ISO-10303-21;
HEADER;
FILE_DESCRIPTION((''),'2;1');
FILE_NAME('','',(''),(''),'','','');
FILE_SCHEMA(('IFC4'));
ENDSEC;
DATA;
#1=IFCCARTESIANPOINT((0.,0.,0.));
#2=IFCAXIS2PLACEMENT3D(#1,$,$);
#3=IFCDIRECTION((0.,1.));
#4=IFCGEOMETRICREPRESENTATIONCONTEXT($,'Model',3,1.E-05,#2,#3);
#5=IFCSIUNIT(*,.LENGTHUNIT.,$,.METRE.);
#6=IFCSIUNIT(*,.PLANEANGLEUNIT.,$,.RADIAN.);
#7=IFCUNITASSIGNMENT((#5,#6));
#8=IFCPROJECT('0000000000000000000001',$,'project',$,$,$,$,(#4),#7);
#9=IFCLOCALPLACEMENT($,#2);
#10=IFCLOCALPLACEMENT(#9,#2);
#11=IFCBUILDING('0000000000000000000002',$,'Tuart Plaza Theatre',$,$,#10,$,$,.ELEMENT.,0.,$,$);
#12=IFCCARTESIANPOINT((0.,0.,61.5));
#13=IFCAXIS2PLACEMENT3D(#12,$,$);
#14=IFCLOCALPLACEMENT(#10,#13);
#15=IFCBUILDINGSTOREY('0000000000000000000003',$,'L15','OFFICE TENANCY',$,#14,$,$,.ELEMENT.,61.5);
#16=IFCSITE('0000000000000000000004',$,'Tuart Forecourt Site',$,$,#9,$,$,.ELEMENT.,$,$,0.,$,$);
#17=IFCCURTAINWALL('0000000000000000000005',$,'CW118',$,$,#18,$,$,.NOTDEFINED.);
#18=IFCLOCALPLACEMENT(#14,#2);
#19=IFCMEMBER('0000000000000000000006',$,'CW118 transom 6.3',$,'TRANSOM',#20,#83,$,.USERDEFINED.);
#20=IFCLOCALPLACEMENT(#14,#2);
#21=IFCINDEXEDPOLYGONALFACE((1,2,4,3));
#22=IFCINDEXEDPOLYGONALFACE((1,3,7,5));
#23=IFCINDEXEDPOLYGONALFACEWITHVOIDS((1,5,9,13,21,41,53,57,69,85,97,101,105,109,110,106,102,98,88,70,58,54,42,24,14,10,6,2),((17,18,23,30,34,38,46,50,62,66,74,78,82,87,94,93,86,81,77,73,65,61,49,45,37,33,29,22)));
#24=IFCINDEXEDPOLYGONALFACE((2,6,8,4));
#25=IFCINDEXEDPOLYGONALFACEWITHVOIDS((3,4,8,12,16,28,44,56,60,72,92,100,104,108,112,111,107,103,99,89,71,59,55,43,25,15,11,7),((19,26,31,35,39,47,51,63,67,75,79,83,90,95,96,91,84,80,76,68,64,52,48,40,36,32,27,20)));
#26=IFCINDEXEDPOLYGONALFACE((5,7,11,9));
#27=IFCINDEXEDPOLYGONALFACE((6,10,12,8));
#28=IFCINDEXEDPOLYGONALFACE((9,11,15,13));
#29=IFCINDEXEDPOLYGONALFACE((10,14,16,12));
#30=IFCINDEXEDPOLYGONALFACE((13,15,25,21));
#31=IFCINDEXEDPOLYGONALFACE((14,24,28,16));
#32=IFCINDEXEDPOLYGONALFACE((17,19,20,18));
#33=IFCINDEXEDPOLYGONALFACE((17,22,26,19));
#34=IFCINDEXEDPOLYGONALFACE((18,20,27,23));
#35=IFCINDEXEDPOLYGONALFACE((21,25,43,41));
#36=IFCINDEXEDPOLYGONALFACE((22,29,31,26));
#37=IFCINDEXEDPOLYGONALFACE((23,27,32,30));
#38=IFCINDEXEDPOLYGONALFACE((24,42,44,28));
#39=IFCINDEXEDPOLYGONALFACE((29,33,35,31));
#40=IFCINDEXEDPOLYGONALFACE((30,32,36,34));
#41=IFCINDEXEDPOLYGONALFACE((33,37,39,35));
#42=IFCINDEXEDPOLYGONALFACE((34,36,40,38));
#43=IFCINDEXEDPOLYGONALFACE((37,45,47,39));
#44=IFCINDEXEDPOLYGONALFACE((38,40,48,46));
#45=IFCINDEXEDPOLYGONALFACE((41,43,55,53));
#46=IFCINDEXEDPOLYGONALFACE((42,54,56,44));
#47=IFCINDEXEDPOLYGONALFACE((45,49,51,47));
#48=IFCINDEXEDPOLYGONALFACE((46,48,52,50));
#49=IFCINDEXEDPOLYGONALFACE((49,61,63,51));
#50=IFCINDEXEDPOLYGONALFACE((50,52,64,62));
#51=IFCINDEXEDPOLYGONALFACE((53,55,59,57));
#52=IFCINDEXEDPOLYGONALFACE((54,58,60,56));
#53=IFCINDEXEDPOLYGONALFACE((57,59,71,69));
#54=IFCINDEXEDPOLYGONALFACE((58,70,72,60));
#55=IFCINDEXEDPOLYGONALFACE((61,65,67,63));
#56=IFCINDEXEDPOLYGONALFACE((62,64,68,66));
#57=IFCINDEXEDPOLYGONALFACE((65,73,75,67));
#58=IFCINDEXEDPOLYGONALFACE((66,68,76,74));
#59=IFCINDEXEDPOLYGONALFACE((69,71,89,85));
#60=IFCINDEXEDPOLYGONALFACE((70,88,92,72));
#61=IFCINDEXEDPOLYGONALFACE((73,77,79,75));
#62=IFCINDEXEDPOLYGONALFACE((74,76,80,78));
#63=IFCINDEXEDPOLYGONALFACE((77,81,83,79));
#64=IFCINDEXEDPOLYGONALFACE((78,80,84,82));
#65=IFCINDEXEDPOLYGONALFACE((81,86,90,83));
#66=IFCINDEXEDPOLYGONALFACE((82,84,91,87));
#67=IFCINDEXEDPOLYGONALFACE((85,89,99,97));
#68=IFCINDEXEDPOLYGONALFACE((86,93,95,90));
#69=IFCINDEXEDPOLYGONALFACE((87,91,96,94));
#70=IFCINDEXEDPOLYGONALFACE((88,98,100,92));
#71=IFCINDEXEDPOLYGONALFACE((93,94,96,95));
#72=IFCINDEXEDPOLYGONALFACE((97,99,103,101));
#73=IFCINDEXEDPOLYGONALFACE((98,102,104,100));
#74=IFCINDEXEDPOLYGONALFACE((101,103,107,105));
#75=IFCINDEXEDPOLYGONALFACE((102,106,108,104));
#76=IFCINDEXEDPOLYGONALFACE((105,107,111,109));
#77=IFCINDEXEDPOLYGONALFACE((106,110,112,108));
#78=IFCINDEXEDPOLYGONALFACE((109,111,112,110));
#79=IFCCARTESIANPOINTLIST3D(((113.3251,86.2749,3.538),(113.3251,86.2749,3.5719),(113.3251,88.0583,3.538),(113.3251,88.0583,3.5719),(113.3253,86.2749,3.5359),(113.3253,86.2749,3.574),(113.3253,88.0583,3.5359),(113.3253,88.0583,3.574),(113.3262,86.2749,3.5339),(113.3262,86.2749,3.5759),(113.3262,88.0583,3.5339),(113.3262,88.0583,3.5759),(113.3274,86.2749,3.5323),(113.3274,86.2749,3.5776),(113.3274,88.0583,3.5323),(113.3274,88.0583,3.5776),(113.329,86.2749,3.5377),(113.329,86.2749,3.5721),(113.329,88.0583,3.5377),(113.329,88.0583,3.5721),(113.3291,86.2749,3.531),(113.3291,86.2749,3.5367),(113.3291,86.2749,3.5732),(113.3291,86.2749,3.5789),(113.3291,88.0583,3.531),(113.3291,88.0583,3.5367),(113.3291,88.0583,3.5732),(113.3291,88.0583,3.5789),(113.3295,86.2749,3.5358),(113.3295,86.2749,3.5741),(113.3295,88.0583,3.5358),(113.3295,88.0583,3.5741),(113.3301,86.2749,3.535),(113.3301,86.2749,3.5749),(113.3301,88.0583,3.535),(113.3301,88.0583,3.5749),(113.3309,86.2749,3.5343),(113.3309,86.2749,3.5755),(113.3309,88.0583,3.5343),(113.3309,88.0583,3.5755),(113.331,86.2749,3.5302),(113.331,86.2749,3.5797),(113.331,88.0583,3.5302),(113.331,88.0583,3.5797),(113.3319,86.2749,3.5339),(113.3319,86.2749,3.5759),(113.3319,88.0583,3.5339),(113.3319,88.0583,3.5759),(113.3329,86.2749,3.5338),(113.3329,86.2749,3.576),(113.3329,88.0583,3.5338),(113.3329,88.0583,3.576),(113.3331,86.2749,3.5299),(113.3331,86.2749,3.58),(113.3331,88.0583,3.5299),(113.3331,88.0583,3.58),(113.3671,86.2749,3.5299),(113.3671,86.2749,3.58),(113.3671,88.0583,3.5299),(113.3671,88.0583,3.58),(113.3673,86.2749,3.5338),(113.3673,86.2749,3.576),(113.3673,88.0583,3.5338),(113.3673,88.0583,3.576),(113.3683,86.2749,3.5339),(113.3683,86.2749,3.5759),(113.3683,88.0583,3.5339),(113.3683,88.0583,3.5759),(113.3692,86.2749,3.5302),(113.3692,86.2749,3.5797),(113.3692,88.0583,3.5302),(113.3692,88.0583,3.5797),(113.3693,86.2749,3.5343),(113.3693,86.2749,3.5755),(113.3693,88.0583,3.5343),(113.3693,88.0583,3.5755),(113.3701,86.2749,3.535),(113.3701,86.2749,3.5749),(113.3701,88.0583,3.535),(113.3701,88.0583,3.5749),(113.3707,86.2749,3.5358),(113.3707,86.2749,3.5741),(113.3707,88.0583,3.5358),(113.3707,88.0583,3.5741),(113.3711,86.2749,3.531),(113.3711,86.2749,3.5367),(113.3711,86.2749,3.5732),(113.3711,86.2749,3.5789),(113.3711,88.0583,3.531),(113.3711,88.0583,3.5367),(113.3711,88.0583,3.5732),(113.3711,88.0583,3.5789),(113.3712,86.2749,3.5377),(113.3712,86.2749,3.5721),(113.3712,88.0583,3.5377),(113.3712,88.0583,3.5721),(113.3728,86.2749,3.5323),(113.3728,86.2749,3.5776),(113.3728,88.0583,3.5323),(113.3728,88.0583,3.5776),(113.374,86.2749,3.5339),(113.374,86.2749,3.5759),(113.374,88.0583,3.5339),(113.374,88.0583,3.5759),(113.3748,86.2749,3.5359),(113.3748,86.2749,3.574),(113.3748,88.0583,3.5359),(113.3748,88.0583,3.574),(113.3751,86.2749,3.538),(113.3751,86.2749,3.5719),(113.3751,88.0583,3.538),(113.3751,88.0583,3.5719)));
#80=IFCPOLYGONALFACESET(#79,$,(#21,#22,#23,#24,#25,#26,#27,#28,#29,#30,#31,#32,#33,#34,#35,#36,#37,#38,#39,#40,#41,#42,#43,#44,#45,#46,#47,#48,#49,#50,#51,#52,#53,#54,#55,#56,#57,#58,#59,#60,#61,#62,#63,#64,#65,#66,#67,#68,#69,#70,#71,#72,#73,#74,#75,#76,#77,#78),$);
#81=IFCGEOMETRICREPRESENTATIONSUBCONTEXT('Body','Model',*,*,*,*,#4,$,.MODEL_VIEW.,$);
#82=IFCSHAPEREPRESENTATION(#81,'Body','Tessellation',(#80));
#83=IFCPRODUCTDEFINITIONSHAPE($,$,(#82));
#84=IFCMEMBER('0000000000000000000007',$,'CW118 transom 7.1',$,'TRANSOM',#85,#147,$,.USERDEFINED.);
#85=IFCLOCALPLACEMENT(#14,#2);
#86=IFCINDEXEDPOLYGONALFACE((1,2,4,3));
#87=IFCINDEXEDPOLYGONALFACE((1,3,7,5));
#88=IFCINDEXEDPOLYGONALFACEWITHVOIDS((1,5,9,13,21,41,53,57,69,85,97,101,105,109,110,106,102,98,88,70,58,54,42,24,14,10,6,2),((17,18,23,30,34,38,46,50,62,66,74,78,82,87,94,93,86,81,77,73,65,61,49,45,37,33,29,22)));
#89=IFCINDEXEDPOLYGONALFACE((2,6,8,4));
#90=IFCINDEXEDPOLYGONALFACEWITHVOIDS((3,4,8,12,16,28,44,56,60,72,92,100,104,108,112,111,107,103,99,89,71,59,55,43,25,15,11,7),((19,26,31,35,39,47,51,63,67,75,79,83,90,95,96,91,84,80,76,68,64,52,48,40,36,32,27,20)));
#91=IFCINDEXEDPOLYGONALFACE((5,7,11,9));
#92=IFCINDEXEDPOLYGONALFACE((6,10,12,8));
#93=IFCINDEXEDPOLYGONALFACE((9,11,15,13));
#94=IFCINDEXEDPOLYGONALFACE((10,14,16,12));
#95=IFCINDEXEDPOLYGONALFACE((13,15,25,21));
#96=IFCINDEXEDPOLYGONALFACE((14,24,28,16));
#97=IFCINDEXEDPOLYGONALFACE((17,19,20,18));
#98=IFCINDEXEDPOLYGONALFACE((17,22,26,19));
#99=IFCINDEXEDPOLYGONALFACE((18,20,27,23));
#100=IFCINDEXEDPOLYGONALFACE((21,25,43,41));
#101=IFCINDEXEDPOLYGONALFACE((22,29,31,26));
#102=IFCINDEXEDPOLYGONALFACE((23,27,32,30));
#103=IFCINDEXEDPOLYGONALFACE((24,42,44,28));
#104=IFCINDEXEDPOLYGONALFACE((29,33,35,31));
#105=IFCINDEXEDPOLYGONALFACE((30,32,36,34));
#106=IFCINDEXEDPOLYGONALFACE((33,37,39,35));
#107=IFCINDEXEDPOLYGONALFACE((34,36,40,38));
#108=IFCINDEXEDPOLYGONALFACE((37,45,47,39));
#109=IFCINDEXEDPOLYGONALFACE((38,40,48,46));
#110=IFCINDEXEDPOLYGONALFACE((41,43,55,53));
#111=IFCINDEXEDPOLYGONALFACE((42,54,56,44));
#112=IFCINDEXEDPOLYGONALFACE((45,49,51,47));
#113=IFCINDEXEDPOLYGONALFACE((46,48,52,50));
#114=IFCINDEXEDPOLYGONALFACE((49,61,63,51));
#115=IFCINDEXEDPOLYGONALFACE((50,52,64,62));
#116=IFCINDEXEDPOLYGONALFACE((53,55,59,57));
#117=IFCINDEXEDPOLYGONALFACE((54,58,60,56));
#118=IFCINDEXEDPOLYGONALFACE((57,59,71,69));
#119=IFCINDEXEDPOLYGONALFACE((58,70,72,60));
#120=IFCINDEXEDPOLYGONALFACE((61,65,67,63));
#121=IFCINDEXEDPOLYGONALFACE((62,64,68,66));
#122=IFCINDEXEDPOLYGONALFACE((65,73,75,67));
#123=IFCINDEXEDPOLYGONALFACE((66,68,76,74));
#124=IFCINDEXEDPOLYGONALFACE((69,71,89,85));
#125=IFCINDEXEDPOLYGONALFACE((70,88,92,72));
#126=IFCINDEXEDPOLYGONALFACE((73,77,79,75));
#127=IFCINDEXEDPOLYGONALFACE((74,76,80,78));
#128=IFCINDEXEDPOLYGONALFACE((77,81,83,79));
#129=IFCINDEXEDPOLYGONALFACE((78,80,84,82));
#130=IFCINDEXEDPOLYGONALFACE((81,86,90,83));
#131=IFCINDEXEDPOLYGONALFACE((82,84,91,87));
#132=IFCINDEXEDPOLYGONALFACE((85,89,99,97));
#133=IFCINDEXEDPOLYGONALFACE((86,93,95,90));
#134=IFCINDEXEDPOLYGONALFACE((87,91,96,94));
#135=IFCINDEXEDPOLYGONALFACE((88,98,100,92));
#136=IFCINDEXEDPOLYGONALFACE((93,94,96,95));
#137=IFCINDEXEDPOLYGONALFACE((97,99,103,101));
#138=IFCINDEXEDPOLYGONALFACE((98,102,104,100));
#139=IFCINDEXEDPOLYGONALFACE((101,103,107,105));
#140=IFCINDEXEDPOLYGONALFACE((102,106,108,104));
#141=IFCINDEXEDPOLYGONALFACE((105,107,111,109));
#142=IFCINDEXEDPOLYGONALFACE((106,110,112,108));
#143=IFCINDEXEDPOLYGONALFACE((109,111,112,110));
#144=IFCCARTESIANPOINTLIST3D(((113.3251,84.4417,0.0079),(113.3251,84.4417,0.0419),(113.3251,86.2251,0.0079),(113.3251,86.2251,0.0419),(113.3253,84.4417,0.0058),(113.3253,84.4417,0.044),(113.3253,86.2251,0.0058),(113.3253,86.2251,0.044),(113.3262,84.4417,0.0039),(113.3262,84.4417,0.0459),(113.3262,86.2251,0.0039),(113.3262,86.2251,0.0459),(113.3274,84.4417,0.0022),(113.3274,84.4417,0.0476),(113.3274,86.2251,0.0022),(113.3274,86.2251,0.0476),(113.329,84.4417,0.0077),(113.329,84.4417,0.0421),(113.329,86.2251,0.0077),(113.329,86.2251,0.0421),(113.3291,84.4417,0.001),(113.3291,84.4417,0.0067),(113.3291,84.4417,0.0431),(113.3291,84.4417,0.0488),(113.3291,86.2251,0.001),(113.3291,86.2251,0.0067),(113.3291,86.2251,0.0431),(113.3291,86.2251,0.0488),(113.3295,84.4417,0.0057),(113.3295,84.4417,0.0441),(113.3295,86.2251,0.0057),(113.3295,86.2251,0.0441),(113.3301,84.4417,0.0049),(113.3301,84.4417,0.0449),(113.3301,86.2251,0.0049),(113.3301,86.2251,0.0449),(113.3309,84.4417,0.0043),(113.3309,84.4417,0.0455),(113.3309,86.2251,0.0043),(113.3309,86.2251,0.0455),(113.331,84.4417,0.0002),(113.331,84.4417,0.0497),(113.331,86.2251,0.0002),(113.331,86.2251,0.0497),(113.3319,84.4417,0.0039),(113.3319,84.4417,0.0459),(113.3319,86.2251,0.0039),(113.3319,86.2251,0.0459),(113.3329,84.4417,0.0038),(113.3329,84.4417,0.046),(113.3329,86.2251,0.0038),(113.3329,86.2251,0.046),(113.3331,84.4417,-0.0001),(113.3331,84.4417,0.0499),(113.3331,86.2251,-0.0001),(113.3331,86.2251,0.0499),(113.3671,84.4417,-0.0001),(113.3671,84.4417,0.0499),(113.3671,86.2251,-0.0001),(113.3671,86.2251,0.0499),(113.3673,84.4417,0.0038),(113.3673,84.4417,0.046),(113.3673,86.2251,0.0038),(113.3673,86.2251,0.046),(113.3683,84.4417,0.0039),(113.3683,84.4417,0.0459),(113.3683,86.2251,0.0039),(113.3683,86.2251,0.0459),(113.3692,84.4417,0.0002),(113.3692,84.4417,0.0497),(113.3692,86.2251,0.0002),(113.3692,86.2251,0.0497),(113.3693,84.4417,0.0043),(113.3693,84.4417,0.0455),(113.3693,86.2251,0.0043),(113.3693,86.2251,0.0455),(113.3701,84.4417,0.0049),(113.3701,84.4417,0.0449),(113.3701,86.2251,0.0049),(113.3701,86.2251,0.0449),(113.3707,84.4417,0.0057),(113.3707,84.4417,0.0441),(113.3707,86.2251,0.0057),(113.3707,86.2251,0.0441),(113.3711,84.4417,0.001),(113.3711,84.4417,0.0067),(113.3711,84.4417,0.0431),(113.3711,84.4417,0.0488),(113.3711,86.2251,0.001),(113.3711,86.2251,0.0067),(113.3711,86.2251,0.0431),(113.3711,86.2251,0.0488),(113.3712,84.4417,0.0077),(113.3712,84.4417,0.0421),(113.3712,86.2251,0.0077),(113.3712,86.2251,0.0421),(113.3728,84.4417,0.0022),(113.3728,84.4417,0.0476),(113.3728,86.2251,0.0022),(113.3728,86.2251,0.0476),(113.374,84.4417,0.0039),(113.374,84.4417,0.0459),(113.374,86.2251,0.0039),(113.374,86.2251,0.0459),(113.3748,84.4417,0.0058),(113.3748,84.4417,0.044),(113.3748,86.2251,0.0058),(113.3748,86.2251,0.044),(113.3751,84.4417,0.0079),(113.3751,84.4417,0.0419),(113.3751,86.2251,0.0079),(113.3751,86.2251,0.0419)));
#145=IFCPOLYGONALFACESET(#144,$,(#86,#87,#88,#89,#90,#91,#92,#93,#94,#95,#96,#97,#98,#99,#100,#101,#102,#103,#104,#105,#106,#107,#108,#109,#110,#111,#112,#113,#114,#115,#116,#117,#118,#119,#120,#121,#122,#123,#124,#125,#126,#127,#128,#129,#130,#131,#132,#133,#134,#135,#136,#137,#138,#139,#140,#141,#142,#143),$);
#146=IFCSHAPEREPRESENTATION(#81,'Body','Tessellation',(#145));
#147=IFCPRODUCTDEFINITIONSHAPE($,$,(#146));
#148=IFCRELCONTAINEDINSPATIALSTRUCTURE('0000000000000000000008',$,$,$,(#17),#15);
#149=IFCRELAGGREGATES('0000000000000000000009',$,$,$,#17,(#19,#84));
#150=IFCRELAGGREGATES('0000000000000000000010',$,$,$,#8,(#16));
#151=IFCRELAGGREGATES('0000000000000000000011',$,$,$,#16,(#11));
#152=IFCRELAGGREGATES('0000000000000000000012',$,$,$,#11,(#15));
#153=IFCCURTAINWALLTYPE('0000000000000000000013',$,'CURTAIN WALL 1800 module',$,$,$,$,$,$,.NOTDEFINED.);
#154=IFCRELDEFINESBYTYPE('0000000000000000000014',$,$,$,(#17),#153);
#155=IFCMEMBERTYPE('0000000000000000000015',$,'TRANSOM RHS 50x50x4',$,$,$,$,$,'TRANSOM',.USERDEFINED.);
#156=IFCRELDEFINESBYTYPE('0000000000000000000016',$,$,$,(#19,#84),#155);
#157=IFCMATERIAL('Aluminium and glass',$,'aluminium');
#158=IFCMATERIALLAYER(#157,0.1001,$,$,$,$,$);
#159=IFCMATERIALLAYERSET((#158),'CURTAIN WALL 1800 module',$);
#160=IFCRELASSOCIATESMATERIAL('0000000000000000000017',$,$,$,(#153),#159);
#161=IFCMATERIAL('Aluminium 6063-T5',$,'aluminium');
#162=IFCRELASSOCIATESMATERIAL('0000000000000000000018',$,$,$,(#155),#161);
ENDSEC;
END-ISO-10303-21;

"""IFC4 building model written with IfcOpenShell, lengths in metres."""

from ifc_helpers import new_model, si_unit, direction, frame, origin, origin_2d, place, context, subcontext, project, spatial, hollow_rectangle, extrude, material, layer, layer_set, material_profile, profile_set, type_object, element, aggregate, save


model = new_model("IFC4")

# Units and contexts
model_context = context("Model", 3, precision=1e-05, world=origin(), true_north=direction((0.0, 1.0)))
body_context = subcontext(model_context, "Body", "Model", "MODEL_VIEW")
ifc_project = project(units=[si_unit("LENGTHUNIT", "METRE"), si_unit("PLANEANGLEUNIT", "RADIAN")], contexts=[model_context])

# Site, building, storey
site_placement = place(None, origin())
site = spatial("IfcSite", under=ifc_project, at=site_placement, Name="Tuart Forecourt Site", CompositionType="ELEMENT", RefElevation=0.0)
building_placement = place(site_placement, origin())
building = spatial("IfcBuilding", under=site, at=building_placement, Name="Tuart Plaza Theatre", CompositionType="ELEMENT", ElevationOfRefHeight=0.0)
storey_placement = place(building_placement, frame((0.0, 0.0, 61.5)))
storey = spatial("IfcBuildingStorey", under=building, at=storey_placement, Name="L15", Description="OFFICE TENANCY", CompositionType="ELEMENT", Elevation=61.5)

# Curtain wall, members
ifc_material_1 = material(Name="Aluminium and glass", Category="aluminium")
ifc_layer_1 = layer(ifc_material_1, 0.1001)
ifc_layer_set_1 = layer_set([ifc_layer_1], Name="CURTAIN WALL 1800 module")
curtain_wall_type = type_object("IfcCurtainWallType", Name="CURTAIN WALL 1800 module", PredefinedType="NOTDEFINED", material=ifc_layer_set_1)
curtain_wall_placement = place(storey_placement, origin())
curtain_wall = element("IfcCurtainWall", 1, at=curtain_wall_placement, inside=storey, type_object=curtain_wall_type, Name="CW118", PredefinedType="NOTDEFINED")
ifc_material_2 = material(Name="Aluminium 6063-T5", Category="aluminium")
ifc_material_profile = material_profile(ifc_material_2, hollow_rectangle(XDim=0.05, YDim=0.05, WallThickness=0.0039, InnerFilletRadius=0.0039, OuterFilletRadius=0.0081, at=origin_2d()), Name="RHS 50x50x4")
ifc_profile_set = profile_set([ifc_material_profile], Name="Aluminium 6063-T5")
member_type = type_object("IfcMemberType", Name="TRANSOM RHS 50x50x4", ElementType="TRANSOM", PredefinedType="USERDEFINED", material=ifc_profile_set)
member_1_placement = place(storey_placement, frame((113.3501, 88.0583, 3.5549), z_axis=(0.0, -1.0, 0.0), x_axis=(1.0, 0.0, 0.0)))
member_1 = element("IfcMember", 2, at=member_1_placement, type_object=member_type, Name="CW118 transom 6.3", ObjectType="TRANSOM", PredefinedType="USERDEFINED", context=body_context, shape_type="SweptSolid", body=[
    extrude(hollow_rectangle(XDim=0.05, YDim=0.05, WallThickness=0.0039, InnerFilletRadius=0.0039, OuterFilletRadius=0.0081, at=origin_2d()), origin(), (0.0, 0.0, 1.0), 1.7834),
])
member_2_placement = place(storey_placement, frame((113.3501, 86.2251, 0.0249), z_axis=(0.0, -1.0, 0.0), x_axis=(1.0, 0.0, 0.0)))
member_2 = element("IfcMember", 3, at=member_2_placement, type_object=member_type, Name="CW118 transom 7.1", ObjectType="TRANSOM", PredefinedType="USERDEFINED", context=body_context, shape_type="SweptSolid", body=[
    extrude(hollow_rectangle(XDim=0.05, YDim=0.05, WallThickness=0.0039, InnerFilletRadius=0.0039, OuterFilletRadius=0.0081, at=origin_2d()), origin(), (0.0, 0.0, 1.0), 1.7834),
])
aggregate(curtain_wall, [member_1, member_2])

save(model, "model.ifc")
